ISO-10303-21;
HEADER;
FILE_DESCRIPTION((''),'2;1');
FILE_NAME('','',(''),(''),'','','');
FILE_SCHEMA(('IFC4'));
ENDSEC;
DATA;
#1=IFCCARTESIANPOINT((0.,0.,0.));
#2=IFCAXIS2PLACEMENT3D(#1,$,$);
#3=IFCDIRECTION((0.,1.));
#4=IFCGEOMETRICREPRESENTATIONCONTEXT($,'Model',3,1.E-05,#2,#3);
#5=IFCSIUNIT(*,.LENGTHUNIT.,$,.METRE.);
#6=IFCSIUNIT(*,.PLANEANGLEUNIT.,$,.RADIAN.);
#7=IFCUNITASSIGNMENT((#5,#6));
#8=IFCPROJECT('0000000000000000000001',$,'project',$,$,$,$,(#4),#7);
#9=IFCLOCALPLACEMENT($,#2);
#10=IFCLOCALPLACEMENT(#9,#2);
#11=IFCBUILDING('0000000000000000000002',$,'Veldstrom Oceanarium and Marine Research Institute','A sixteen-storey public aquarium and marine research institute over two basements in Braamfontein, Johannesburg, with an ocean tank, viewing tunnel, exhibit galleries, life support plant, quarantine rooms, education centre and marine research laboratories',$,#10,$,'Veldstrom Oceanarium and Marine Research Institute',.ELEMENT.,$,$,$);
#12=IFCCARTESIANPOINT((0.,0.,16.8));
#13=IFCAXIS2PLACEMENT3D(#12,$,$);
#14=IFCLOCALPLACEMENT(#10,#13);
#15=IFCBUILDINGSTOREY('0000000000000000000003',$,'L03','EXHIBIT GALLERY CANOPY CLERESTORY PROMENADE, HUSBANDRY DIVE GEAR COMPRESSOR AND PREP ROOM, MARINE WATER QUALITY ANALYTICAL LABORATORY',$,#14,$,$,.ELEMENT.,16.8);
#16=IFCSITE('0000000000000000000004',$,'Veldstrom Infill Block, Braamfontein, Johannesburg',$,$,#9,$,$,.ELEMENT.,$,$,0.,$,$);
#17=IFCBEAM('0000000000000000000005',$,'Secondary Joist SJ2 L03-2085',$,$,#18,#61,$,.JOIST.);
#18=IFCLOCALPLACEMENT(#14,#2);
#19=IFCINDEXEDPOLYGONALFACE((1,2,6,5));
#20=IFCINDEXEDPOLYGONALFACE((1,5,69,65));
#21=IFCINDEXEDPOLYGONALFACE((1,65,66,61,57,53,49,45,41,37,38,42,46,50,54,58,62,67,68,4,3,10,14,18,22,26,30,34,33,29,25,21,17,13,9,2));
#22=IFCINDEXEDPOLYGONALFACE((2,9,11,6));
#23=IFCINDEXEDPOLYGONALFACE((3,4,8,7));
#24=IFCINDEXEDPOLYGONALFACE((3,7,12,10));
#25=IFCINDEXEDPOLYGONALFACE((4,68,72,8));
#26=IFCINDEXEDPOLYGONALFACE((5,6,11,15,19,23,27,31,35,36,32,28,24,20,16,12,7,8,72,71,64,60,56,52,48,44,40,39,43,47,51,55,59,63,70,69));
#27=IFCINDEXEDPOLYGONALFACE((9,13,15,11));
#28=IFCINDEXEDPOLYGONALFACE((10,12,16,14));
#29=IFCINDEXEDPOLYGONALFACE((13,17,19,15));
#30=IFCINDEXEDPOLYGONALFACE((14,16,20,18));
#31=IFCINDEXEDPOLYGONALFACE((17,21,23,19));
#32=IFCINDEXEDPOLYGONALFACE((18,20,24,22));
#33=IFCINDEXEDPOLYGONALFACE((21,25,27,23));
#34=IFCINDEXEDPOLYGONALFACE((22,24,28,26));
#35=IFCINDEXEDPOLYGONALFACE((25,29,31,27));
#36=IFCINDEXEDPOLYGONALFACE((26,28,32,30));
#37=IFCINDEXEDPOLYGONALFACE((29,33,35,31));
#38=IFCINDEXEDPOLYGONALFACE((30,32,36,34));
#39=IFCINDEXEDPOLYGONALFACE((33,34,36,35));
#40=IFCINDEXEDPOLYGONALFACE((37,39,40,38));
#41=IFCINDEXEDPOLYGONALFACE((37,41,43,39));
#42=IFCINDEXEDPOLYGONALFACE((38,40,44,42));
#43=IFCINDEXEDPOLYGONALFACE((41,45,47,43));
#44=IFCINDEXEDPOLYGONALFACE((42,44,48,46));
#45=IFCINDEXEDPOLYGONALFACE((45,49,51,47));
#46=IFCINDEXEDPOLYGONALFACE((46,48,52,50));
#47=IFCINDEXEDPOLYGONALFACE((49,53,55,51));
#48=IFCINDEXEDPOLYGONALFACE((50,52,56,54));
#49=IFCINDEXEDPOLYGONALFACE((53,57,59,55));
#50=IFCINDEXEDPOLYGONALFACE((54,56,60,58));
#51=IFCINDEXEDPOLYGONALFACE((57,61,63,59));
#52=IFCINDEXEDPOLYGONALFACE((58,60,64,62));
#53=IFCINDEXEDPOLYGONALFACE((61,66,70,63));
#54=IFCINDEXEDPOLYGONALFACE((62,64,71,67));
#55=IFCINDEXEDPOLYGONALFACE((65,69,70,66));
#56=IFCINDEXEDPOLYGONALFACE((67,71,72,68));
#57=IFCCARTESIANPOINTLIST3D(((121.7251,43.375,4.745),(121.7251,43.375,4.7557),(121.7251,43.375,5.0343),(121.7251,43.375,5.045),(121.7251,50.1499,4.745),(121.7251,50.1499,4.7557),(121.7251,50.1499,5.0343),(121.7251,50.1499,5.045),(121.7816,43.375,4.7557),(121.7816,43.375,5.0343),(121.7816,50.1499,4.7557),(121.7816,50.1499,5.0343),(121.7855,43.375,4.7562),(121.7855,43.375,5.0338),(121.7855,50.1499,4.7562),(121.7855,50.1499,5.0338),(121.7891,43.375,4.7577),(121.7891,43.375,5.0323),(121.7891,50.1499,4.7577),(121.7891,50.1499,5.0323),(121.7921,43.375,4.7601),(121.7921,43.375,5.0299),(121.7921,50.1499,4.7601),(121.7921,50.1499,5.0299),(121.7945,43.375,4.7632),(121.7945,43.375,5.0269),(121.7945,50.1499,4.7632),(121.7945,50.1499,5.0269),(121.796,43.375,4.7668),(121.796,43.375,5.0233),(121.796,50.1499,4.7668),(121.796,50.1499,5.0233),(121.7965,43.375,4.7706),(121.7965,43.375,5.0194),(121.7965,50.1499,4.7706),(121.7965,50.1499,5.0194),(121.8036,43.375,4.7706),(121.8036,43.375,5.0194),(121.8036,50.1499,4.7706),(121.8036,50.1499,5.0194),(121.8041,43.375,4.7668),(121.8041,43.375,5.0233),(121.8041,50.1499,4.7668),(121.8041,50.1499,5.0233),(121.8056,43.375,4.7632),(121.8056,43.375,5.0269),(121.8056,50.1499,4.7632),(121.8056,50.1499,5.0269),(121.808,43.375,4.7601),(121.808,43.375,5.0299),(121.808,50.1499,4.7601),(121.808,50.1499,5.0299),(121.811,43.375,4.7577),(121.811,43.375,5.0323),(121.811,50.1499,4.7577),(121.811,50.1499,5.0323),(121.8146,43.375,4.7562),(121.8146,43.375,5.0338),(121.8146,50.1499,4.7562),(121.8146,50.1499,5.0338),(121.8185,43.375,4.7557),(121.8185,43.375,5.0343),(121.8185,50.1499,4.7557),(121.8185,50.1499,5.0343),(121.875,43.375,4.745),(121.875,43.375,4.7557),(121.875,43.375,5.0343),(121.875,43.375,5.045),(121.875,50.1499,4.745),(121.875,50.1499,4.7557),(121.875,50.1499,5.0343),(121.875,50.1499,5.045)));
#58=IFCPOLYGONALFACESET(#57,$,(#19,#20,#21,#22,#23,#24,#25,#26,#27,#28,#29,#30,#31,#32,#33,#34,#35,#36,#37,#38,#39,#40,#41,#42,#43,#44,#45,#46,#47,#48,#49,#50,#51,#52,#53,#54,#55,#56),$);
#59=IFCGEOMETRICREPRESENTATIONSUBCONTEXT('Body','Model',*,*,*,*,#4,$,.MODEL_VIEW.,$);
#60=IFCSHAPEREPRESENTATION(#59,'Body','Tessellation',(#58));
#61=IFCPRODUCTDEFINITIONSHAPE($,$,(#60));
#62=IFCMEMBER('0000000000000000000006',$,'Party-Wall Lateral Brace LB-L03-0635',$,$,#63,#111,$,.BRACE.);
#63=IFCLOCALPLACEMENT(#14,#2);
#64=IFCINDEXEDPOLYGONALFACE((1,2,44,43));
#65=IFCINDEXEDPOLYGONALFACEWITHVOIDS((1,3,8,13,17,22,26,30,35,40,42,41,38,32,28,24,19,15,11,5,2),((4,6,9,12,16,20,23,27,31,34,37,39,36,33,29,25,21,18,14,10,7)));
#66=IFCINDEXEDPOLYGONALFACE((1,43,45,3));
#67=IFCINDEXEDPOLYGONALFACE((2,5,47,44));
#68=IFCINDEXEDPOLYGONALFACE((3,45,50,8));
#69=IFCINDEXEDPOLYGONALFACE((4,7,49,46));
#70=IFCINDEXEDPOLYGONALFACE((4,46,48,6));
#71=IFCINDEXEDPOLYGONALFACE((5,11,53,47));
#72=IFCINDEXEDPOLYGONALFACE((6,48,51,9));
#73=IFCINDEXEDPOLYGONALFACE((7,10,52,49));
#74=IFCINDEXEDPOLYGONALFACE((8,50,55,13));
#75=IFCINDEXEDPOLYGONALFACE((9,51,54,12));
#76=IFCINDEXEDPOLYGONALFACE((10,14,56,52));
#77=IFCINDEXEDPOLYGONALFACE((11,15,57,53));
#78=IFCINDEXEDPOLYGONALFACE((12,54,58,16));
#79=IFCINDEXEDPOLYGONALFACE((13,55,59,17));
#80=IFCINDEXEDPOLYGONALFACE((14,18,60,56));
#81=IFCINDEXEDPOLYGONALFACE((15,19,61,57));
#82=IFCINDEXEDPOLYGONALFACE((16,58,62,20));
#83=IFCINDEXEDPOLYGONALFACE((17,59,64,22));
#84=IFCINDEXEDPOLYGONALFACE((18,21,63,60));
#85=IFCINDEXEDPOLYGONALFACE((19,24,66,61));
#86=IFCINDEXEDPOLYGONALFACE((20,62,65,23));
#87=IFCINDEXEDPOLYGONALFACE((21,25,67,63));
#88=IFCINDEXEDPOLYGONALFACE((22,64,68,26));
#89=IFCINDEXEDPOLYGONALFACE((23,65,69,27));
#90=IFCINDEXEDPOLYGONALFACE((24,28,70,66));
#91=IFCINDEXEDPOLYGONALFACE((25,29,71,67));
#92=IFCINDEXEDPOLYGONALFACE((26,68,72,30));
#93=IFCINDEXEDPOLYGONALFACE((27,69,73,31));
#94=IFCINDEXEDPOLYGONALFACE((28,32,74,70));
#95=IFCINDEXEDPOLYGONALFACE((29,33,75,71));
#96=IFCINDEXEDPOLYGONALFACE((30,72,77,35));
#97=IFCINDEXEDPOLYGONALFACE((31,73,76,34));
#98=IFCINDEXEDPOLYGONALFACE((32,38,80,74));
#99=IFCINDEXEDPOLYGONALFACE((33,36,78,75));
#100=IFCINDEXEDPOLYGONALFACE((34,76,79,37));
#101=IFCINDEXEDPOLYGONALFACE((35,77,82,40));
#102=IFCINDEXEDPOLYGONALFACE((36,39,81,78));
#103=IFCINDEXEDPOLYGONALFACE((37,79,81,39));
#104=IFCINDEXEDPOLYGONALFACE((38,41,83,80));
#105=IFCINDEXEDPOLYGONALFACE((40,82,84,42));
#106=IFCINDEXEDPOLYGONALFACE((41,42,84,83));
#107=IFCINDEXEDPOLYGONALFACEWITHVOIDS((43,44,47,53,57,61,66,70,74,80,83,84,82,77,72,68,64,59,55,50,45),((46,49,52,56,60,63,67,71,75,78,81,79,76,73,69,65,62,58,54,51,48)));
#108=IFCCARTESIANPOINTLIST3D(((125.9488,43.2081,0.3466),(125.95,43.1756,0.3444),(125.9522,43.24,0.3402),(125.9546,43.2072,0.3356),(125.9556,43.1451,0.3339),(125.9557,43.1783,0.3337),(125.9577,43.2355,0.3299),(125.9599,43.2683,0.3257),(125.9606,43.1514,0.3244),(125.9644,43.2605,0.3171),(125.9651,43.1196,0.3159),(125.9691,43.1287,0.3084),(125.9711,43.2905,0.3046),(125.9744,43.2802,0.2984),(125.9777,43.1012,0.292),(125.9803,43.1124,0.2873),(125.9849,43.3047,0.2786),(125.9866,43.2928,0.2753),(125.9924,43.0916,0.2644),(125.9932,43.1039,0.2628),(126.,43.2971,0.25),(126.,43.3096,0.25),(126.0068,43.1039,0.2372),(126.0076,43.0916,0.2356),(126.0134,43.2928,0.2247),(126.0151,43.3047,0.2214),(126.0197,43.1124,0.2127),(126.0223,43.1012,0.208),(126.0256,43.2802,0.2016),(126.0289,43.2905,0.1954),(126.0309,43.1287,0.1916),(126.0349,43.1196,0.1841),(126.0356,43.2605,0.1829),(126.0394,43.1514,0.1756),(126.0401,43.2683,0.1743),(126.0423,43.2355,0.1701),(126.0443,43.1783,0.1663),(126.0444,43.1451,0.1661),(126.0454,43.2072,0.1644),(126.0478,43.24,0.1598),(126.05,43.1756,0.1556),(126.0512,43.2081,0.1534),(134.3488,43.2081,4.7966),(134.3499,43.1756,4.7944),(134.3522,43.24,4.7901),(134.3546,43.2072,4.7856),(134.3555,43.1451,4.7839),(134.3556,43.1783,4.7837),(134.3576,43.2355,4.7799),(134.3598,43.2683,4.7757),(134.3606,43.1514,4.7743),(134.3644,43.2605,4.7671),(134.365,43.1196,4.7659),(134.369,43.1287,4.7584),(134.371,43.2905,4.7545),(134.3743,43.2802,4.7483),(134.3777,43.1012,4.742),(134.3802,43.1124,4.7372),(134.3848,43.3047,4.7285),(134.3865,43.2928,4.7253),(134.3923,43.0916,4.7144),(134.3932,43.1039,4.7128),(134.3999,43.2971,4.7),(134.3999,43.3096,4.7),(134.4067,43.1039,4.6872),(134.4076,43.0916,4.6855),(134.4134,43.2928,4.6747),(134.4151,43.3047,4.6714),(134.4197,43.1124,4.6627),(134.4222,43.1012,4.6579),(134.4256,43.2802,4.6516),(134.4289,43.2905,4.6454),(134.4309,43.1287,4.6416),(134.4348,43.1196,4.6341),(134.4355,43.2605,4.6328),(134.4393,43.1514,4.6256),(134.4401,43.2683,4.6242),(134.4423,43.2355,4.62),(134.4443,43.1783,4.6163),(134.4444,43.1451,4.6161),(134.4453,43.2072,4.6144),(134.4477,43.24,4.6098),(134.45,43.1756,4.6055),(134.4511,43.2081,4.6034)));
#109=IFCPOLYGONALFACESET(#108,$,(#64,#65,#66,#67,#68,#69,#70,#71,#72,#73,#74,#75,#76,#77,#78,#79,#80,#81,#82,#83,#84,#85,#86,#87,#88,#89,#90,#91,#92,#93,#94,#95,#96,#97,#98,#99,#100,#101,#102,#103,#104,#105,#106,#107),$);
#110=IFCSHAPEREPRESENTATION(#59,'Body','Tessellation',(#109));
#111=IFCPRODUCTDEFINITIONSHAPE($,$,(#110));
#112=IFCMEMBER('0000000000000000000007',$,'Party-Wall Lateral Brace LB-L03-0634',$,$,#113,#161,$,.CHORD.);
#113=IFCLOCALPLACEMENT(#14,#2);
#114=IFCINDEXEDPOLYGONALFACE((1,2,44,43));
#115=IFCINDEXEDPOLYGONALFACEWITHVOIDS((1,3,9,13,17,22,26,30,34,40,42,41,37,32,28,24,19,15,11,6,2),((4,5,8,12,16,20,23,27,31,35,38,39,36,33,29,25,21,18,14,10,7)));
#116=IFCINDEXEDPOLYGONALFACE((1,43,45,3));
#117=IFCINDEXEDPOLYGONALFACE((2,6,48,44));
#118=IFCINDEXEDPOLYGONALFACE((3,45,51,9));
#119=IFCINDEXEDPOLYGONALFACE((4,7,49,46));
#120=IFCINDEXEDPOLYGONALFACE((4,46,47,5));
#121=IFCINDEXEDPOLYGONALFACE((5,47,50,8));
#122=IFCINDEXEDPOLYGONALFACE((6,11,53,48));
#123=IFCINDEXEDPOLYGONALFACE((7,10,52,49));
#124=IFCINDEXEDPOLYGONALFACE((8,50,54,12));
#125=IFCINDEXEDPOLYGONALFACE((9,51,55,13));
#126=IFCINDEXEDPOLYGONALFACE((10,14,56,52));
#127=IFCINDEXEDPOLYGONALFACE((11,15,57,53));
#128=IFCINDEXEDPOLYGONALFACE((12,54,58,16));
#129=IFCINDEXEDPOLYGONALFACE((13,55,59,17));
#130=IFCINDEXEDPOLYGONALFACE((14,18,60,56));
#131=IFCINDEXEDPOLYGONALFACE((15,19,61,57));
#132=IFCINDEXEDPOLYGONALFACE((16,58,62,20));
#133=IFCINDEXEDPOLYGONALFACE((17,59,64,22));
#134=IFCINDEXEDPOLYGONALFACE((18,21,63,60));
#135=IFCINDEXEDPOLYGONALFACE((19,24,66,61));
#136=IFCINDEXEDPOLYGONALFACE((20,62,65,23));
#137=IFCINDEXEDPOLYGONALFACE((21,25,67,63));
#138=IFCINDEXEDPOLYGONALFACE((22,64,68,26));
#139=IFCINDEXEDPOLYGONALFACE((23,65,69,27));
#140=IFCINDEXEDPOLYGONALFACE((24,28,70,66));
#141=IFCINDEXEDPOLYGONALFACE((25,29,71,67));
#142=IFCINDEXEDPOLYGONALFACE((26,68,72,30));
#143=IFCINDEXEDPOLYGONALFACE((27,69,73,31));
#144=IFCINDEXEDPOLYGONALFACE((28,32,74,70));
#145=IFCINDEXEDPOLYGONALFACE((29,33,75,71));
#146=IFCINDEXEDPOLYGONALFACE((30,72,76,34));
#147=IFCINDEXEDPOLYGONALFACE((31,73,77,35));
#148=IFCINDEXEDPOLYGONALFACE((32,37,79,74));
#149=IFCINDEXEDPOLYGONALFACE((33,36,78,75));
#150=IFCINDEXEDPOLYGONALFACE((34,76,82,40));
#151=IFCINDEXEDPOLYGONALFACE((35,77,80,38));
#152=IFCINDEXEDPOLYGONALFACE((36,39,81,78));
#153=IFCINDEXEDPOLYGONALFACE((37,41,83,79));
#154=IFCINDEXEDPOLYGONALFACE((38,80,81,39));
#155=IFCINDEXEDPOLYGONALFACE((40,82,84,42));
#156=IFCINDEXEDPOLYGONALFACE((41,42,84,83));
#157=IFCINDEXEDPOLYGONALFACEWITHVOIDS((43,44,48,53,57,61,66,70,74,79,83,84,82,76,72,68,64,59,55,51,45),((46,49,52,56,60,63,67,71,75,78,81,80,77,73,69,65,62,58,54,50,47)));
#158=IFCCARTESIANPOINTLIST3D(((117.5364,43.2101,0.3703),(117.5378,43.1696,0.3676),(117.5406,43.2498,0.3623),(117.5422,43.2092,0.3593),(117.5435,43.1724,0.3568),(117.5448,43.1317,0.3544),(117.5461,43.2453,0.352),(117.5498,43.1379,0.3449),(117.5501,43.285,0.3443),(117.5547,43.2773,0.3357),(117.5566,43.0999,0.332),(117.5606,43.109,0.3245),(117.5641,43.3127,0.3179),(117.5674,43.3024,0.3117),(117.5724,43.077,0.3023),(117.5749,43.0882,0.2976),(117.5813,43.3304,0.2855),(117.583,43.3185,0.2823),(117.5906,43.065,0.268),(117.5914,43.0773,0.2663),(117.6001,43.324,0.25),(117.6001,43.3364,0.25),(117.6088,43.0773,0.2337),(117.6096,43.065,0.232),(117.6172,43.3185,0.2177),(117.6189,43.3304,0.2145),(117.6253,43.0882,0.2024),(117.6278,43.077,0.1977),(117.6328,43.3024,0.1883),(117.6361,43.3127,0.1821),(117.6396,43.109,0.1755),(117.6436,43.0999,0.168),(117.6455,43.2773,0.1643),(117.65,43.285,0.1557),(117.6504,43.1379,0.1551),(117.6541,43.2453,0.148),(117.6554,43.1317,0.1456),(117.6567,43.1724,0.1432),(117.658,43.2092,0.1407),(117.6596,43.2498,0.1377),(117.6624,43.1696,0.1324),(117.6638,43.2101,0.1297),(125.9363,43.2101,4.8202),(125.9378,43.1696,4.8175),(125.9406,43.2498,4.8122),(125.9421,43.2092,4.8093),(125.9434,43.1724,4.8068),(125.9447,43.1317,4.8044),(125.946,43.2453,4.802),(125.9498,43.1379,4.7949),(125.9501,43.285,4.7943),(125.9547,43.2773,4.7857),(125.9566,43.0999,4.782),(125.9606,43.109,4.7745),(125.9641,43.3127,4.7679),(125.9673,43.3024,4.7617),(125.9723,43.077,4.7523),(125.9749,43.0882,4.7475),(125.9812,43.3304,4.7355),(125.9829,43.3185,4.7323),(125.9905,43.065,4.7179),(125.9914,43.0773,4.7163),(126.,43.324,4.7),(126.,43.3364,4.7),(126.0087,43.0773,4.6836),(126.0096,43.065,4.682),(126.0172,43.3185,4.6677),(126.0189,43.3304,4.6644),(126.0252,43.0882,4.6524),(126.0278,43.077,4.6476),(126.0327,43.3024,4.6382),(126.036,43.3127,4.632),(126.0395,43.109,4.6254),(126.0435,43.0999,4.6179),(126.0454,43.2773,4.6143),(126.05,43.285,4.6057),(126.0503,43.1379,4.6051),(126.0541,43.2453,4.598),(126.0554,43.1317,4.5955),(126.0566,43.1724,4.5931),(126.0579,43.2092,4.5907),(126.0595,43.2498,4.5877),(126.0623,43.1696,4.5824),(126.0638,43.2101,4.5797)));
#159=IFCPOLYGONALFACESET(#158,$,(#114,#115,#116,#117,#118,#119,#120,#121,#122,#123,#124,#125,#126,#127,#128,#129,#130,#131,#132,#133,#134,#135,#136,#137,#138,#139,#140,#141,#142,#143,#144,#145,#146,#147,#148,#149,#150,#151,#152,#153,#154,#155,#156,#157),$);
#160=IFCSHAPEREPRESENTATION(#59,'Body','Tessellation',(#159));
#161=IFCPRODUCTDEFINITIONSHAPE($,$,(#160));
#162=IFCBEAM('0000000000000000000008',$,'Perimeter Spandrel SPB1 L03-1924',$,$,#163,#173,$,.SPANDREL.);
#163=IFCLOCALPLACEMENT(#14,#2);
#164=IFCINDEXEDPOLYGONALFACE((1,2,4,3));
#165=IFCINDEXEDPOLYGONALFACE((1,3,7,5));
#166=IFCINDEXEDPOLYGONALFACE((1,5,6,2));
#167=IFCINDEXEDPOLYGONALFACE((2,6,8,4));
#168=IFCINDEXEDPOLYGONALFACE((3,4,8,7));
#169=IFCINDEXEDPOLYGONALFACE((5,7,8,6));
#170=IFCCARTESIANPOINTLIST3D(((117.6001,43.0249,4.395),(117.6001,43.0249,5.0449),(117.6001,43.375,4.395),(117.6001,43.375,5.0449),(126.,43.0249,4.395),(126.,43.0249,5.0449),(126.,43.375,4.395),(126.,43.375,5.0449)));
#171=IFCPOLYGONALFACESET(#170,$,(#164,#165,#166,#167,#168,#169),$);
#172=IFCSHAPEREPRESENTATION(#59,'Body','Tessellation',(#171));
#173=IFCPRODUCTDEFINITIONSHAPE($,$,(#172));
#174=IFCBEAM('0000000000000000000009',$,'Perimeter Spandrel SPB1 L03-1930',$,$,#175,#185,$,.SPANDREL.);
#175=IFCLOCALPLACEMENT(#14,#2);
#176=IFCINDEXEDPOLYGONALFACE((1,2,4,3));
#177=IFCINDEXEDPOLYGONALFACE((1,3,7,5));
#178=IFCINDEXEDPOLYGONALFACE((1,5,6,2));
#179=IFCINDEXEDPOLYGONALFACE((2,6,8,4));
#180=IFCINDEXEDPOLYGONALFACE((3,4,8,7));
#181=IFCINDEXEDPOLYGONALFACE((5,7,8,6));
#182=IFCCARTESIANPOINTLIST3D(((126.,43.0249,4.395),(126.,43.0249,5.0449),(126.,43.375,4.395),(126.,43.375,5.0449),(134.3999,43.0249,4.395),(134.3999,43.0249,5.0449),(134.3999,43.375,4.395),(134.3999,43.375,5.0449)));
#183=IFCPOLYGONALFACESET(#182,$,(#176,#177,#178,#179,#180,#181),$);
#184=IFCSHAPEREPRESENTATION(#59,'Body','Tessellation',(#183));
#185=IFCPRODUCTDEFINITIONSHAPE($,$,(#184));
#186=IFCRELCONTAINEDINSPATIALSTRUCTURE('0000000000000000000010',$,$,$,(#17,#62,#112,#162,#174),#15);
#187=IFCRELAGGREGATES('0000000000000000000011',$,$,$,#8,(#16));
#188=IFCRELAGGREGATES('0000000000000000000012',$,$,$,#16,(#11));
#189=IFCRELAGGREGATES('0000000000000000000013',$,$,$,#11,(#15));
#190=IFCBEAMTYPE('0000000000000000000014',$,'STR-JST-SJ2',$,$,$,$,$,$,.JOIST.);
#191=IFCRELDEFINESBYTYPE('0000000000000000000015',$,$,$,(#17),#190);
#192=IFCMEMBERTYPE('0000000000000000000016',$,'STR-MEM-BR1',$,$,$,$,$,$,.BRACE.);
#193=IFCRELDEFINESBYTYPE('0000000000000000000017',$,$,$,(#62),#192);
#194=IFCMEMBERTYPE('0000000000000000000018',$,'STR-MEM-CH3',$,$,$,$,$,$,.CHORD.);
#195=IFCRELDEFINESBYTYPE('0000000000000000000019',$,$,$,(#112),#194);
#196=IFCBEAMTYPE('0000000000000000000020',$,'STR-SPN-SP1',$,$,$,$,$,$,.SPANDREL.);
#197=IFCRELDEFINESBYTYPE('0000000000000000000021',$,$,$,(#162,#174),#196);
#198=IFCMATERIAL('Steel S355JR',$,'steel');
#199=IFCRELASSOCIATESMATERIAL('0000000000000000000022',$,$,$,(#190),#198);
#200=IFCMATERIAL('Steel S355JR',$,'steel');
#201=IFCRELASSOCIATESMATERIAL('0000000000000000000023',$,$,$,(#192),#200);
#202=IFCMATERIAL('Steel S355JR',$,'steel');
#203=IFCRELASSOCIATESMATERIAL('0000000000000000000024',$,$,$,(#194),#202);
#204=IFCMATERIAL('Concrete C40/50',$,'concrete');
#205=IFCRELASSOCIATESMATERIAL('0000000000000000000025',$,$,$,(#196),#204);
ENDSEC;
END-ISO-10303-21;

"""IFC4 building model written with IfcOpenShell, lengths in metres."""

from ifc_helpers import new_model, si_unit, direction, frame, origin, origin_2d, place, context, subcontext, project, spatial, rectangle, hollow_circle, i_section, extrude, material, material_profile, profile_set, type_object, element, save


model = new_model("IFC4")

# Units and contexts
model_context = context("Model", 3, precision=1e-05, world=origin(), true_north=direction((0.0, 1.0)))
body_context = subcontext(model_context, "Body", "Model", "MODEL_VIEW")
ifc_project = project(units=[si_unit("LENGTHUNIT", "METRE"), si_unit("PLANEANGLEUNIT", "RADIAN")], contexts=[model_context])

# Site, building, storey
site_placement = place(None, origin())
site = spatial("IfcSite", under=ifc_project, at=site_placement, Name="Veldstrom Infill Block, Braamfontein, Johannesburg", CompositionType="ELEMENT", RefElevation=0.0)
building_placement = place(site_placement, origin())
building = spatial("IfcBuilding", under=site, at=building_placement, Name="Veldstrom Oceanarium and Marine Research Institute", Description="A sixteen-storey public aquarium and marine research institute over two basements in Braamfontein, Johannesburg, with an ocean tank, viewing tunnel, exhibit galleries, life support plant, quarantine rooms, education centre and marine research laboratories", LongName="Veldstrom Oceanarium and Marine Research Institute", CompositionType="ELEMENT")
storey_placement = place(building_placement, frame((0.0, 0.0, 16.8)))
storey = spatial("IfcBuildingStorey", under=building, at=storey_placement, Name="L03", Description="EXHIBIT GALLERY CANOPY CLERESTORY PROMENADE, HUSBANDRY DIVE GEAR COMPRESSOR AND PREP ROOM, MARINE WATER QUALITY ANALYTICAL LABORATORY", CompositionType="ELEMENT", Elevation=16.8)

# Beam
ifc_material_1 = material(Name="Steel S355JR", Category="steel")
ifc_material_profile_1 = material_profile(ifc_material_1, i_section(OverallWidth=0.1499, OverallDepth=0.3, WebThickness=0.0071, FlangeThickness=0.0107, FilletRadius=0.0149, at=origin_2d()), Name="IPE 300")
ifc_profile_set_1 = profile_set([ifc_material_profile_1], Name="Steel S355JR")
beam_type_1 = type_object("IfcBeamType", Name="STR-JST-SJ2", PredefinedType="JOIST", material=ifc_profile_set_1)
beam_1_placement = place(storey_placement, frame((121.8, 43.375, 4.895), z_axis=(0.0, 1.0, 0.0), x_axis=(-1.0, 0.0, 0.0)))
element("IfcBeam", 1, at=beam_1_placement, inside=storey, type_object=beam_type_1, Name="Secondary Joist SJ2 L03-2085", PredefinedType="JOIST", context=body_context, shape_type="SweptSolid", body=[
    extrude(i_section(OverallWidth=0.1499, OverallDepth=0.3, WebThickness=0.0071, FlangeThickness=0.0107, FilletRadius=0.0149, at=origin_2d()), origin(), (0.0, 0.0, 1.0), 6.7749),
])

# Members
ifc_material_2 = material(Name="Steel S355JR", Category="steel")
ifc_material_profile_2 = material_profile(ifc_material_2, hollow_circle(Radius=0.1096, WallThickness=0.0125, at=origin_2d()), Name="CHS 219.1x12.5")
ifc_profile_set_2 = profile_set([ifc_material_profile_2], Name="Steel S355JR")
member_type_1 = type_object("IfcMemberType", Name="STR-MEM-BR1", PredefinedType="BRACE", material=ifc_profile_set_2)
member_1_placement = place(storey_placement, frame((126.0, 43.2, 0.25), z_axis=(0.88366, 0.0, 0.46813), x_axis=(0.0, 1.0, 0.0)))
element("IfcMember", 2, at=member_1_placement, inside=storey, type_object=member_type_1, Name="Party-Wall Lateral Brace LB-L03-0635", PredefinedType="BRACE", context=body_context, shape_type="SweptSolid", body=[
    extrude(hollow_circle(Radius=0.1096, WallThickness=0.0125, at=origin_2d()), origin(), (0.0, 0.0, 1.0), 9.5059),
])
ifc_material_3 = material(Name="Steel S355JR", Category="steel")
ifc_material_profile_3 = material_profile(ifc_material_3, hollow_circle(Radius=0.1365, WallThickness=0.0125, at=origin_2d()), Name="CHS 273x12.5")
ifc_profile_set_3 = profile_set([ifc_material_profile_3], Name="Steel S355JR")
member_type_2 = type_object("IfcMemberType", Name="STR-MEM-CH3", PredefinedType="CHORD", material=ifc_profile_set_3)
member_2_placement = place(storey_placement, frame((117.6001, 43.2, 0.25), z_axis=(0.88366, 0.0, 0.46813), x_axis=(0.0, 1.0, 0.0)))
element("IfcMember", 3, at=member_2_placement, inside=storey, type_object=member_type_2, Name="Party-Wall Lateral Brace LB-L03-0634", PredefinedType="CHORD", context=body_context, shape_type="SweptSolid", body=[
    extrude(hollow_circle(Radius=0.1365, WallThickness=0.0125, at=origin_2d()), origin(), (0.0, 0.0, 1.0), 9.5059),
])

# Beams
ifc_material_4 = material(Name="Concrete C40/50", Category="concrete")
ifc_material_profile_4 = material_profile(ifc_material_4, rectangle(XDim=0.3501, YDim=0.6499, at=origin_2d()), Name="RC-SPN-350x650")
ifc_profile_set_4 = profile_set([ifc_material_profile_4], Name="Concrete C40/50")
beam_type_2 = type_object("IfcBeamType", Name="STR-SPN-SP1", PredefinedType="SPANDREL", material=ifc_profile_set_4)
for number, where, z_axis, x_axis, name in (
    (4, (117.6001, 43.2, 4.72), (1.0, 0.0, 0.0), (0.0, 1.0, 0.0), "Perimeter Spandrel SPB1 L03-1924"),
    (5, (126.0, 43.2, 4.72), (1.0, 0.0, 0.0), (0.0, 1.0, 0.0), "Perimeter Spandrel SPB1 L03-1930"),
):
    element("IfcBeam", number, at=place(storey_placement, frame(where, z_axis=z_axis, x_axis=x_axis)), inside=storey, type_object=beam_type_2, Name=name, PredefinedType="SPANDREL", context=body_context, shape_type="SweptSolid", body=[
        extrude(rectangle(XDim=0.3501, YDim=0.6499, at=origin_2d()), origin(), (0.0, 0.0, 1.0), 8.3999),
    ])

save(model, "model.ifc")
